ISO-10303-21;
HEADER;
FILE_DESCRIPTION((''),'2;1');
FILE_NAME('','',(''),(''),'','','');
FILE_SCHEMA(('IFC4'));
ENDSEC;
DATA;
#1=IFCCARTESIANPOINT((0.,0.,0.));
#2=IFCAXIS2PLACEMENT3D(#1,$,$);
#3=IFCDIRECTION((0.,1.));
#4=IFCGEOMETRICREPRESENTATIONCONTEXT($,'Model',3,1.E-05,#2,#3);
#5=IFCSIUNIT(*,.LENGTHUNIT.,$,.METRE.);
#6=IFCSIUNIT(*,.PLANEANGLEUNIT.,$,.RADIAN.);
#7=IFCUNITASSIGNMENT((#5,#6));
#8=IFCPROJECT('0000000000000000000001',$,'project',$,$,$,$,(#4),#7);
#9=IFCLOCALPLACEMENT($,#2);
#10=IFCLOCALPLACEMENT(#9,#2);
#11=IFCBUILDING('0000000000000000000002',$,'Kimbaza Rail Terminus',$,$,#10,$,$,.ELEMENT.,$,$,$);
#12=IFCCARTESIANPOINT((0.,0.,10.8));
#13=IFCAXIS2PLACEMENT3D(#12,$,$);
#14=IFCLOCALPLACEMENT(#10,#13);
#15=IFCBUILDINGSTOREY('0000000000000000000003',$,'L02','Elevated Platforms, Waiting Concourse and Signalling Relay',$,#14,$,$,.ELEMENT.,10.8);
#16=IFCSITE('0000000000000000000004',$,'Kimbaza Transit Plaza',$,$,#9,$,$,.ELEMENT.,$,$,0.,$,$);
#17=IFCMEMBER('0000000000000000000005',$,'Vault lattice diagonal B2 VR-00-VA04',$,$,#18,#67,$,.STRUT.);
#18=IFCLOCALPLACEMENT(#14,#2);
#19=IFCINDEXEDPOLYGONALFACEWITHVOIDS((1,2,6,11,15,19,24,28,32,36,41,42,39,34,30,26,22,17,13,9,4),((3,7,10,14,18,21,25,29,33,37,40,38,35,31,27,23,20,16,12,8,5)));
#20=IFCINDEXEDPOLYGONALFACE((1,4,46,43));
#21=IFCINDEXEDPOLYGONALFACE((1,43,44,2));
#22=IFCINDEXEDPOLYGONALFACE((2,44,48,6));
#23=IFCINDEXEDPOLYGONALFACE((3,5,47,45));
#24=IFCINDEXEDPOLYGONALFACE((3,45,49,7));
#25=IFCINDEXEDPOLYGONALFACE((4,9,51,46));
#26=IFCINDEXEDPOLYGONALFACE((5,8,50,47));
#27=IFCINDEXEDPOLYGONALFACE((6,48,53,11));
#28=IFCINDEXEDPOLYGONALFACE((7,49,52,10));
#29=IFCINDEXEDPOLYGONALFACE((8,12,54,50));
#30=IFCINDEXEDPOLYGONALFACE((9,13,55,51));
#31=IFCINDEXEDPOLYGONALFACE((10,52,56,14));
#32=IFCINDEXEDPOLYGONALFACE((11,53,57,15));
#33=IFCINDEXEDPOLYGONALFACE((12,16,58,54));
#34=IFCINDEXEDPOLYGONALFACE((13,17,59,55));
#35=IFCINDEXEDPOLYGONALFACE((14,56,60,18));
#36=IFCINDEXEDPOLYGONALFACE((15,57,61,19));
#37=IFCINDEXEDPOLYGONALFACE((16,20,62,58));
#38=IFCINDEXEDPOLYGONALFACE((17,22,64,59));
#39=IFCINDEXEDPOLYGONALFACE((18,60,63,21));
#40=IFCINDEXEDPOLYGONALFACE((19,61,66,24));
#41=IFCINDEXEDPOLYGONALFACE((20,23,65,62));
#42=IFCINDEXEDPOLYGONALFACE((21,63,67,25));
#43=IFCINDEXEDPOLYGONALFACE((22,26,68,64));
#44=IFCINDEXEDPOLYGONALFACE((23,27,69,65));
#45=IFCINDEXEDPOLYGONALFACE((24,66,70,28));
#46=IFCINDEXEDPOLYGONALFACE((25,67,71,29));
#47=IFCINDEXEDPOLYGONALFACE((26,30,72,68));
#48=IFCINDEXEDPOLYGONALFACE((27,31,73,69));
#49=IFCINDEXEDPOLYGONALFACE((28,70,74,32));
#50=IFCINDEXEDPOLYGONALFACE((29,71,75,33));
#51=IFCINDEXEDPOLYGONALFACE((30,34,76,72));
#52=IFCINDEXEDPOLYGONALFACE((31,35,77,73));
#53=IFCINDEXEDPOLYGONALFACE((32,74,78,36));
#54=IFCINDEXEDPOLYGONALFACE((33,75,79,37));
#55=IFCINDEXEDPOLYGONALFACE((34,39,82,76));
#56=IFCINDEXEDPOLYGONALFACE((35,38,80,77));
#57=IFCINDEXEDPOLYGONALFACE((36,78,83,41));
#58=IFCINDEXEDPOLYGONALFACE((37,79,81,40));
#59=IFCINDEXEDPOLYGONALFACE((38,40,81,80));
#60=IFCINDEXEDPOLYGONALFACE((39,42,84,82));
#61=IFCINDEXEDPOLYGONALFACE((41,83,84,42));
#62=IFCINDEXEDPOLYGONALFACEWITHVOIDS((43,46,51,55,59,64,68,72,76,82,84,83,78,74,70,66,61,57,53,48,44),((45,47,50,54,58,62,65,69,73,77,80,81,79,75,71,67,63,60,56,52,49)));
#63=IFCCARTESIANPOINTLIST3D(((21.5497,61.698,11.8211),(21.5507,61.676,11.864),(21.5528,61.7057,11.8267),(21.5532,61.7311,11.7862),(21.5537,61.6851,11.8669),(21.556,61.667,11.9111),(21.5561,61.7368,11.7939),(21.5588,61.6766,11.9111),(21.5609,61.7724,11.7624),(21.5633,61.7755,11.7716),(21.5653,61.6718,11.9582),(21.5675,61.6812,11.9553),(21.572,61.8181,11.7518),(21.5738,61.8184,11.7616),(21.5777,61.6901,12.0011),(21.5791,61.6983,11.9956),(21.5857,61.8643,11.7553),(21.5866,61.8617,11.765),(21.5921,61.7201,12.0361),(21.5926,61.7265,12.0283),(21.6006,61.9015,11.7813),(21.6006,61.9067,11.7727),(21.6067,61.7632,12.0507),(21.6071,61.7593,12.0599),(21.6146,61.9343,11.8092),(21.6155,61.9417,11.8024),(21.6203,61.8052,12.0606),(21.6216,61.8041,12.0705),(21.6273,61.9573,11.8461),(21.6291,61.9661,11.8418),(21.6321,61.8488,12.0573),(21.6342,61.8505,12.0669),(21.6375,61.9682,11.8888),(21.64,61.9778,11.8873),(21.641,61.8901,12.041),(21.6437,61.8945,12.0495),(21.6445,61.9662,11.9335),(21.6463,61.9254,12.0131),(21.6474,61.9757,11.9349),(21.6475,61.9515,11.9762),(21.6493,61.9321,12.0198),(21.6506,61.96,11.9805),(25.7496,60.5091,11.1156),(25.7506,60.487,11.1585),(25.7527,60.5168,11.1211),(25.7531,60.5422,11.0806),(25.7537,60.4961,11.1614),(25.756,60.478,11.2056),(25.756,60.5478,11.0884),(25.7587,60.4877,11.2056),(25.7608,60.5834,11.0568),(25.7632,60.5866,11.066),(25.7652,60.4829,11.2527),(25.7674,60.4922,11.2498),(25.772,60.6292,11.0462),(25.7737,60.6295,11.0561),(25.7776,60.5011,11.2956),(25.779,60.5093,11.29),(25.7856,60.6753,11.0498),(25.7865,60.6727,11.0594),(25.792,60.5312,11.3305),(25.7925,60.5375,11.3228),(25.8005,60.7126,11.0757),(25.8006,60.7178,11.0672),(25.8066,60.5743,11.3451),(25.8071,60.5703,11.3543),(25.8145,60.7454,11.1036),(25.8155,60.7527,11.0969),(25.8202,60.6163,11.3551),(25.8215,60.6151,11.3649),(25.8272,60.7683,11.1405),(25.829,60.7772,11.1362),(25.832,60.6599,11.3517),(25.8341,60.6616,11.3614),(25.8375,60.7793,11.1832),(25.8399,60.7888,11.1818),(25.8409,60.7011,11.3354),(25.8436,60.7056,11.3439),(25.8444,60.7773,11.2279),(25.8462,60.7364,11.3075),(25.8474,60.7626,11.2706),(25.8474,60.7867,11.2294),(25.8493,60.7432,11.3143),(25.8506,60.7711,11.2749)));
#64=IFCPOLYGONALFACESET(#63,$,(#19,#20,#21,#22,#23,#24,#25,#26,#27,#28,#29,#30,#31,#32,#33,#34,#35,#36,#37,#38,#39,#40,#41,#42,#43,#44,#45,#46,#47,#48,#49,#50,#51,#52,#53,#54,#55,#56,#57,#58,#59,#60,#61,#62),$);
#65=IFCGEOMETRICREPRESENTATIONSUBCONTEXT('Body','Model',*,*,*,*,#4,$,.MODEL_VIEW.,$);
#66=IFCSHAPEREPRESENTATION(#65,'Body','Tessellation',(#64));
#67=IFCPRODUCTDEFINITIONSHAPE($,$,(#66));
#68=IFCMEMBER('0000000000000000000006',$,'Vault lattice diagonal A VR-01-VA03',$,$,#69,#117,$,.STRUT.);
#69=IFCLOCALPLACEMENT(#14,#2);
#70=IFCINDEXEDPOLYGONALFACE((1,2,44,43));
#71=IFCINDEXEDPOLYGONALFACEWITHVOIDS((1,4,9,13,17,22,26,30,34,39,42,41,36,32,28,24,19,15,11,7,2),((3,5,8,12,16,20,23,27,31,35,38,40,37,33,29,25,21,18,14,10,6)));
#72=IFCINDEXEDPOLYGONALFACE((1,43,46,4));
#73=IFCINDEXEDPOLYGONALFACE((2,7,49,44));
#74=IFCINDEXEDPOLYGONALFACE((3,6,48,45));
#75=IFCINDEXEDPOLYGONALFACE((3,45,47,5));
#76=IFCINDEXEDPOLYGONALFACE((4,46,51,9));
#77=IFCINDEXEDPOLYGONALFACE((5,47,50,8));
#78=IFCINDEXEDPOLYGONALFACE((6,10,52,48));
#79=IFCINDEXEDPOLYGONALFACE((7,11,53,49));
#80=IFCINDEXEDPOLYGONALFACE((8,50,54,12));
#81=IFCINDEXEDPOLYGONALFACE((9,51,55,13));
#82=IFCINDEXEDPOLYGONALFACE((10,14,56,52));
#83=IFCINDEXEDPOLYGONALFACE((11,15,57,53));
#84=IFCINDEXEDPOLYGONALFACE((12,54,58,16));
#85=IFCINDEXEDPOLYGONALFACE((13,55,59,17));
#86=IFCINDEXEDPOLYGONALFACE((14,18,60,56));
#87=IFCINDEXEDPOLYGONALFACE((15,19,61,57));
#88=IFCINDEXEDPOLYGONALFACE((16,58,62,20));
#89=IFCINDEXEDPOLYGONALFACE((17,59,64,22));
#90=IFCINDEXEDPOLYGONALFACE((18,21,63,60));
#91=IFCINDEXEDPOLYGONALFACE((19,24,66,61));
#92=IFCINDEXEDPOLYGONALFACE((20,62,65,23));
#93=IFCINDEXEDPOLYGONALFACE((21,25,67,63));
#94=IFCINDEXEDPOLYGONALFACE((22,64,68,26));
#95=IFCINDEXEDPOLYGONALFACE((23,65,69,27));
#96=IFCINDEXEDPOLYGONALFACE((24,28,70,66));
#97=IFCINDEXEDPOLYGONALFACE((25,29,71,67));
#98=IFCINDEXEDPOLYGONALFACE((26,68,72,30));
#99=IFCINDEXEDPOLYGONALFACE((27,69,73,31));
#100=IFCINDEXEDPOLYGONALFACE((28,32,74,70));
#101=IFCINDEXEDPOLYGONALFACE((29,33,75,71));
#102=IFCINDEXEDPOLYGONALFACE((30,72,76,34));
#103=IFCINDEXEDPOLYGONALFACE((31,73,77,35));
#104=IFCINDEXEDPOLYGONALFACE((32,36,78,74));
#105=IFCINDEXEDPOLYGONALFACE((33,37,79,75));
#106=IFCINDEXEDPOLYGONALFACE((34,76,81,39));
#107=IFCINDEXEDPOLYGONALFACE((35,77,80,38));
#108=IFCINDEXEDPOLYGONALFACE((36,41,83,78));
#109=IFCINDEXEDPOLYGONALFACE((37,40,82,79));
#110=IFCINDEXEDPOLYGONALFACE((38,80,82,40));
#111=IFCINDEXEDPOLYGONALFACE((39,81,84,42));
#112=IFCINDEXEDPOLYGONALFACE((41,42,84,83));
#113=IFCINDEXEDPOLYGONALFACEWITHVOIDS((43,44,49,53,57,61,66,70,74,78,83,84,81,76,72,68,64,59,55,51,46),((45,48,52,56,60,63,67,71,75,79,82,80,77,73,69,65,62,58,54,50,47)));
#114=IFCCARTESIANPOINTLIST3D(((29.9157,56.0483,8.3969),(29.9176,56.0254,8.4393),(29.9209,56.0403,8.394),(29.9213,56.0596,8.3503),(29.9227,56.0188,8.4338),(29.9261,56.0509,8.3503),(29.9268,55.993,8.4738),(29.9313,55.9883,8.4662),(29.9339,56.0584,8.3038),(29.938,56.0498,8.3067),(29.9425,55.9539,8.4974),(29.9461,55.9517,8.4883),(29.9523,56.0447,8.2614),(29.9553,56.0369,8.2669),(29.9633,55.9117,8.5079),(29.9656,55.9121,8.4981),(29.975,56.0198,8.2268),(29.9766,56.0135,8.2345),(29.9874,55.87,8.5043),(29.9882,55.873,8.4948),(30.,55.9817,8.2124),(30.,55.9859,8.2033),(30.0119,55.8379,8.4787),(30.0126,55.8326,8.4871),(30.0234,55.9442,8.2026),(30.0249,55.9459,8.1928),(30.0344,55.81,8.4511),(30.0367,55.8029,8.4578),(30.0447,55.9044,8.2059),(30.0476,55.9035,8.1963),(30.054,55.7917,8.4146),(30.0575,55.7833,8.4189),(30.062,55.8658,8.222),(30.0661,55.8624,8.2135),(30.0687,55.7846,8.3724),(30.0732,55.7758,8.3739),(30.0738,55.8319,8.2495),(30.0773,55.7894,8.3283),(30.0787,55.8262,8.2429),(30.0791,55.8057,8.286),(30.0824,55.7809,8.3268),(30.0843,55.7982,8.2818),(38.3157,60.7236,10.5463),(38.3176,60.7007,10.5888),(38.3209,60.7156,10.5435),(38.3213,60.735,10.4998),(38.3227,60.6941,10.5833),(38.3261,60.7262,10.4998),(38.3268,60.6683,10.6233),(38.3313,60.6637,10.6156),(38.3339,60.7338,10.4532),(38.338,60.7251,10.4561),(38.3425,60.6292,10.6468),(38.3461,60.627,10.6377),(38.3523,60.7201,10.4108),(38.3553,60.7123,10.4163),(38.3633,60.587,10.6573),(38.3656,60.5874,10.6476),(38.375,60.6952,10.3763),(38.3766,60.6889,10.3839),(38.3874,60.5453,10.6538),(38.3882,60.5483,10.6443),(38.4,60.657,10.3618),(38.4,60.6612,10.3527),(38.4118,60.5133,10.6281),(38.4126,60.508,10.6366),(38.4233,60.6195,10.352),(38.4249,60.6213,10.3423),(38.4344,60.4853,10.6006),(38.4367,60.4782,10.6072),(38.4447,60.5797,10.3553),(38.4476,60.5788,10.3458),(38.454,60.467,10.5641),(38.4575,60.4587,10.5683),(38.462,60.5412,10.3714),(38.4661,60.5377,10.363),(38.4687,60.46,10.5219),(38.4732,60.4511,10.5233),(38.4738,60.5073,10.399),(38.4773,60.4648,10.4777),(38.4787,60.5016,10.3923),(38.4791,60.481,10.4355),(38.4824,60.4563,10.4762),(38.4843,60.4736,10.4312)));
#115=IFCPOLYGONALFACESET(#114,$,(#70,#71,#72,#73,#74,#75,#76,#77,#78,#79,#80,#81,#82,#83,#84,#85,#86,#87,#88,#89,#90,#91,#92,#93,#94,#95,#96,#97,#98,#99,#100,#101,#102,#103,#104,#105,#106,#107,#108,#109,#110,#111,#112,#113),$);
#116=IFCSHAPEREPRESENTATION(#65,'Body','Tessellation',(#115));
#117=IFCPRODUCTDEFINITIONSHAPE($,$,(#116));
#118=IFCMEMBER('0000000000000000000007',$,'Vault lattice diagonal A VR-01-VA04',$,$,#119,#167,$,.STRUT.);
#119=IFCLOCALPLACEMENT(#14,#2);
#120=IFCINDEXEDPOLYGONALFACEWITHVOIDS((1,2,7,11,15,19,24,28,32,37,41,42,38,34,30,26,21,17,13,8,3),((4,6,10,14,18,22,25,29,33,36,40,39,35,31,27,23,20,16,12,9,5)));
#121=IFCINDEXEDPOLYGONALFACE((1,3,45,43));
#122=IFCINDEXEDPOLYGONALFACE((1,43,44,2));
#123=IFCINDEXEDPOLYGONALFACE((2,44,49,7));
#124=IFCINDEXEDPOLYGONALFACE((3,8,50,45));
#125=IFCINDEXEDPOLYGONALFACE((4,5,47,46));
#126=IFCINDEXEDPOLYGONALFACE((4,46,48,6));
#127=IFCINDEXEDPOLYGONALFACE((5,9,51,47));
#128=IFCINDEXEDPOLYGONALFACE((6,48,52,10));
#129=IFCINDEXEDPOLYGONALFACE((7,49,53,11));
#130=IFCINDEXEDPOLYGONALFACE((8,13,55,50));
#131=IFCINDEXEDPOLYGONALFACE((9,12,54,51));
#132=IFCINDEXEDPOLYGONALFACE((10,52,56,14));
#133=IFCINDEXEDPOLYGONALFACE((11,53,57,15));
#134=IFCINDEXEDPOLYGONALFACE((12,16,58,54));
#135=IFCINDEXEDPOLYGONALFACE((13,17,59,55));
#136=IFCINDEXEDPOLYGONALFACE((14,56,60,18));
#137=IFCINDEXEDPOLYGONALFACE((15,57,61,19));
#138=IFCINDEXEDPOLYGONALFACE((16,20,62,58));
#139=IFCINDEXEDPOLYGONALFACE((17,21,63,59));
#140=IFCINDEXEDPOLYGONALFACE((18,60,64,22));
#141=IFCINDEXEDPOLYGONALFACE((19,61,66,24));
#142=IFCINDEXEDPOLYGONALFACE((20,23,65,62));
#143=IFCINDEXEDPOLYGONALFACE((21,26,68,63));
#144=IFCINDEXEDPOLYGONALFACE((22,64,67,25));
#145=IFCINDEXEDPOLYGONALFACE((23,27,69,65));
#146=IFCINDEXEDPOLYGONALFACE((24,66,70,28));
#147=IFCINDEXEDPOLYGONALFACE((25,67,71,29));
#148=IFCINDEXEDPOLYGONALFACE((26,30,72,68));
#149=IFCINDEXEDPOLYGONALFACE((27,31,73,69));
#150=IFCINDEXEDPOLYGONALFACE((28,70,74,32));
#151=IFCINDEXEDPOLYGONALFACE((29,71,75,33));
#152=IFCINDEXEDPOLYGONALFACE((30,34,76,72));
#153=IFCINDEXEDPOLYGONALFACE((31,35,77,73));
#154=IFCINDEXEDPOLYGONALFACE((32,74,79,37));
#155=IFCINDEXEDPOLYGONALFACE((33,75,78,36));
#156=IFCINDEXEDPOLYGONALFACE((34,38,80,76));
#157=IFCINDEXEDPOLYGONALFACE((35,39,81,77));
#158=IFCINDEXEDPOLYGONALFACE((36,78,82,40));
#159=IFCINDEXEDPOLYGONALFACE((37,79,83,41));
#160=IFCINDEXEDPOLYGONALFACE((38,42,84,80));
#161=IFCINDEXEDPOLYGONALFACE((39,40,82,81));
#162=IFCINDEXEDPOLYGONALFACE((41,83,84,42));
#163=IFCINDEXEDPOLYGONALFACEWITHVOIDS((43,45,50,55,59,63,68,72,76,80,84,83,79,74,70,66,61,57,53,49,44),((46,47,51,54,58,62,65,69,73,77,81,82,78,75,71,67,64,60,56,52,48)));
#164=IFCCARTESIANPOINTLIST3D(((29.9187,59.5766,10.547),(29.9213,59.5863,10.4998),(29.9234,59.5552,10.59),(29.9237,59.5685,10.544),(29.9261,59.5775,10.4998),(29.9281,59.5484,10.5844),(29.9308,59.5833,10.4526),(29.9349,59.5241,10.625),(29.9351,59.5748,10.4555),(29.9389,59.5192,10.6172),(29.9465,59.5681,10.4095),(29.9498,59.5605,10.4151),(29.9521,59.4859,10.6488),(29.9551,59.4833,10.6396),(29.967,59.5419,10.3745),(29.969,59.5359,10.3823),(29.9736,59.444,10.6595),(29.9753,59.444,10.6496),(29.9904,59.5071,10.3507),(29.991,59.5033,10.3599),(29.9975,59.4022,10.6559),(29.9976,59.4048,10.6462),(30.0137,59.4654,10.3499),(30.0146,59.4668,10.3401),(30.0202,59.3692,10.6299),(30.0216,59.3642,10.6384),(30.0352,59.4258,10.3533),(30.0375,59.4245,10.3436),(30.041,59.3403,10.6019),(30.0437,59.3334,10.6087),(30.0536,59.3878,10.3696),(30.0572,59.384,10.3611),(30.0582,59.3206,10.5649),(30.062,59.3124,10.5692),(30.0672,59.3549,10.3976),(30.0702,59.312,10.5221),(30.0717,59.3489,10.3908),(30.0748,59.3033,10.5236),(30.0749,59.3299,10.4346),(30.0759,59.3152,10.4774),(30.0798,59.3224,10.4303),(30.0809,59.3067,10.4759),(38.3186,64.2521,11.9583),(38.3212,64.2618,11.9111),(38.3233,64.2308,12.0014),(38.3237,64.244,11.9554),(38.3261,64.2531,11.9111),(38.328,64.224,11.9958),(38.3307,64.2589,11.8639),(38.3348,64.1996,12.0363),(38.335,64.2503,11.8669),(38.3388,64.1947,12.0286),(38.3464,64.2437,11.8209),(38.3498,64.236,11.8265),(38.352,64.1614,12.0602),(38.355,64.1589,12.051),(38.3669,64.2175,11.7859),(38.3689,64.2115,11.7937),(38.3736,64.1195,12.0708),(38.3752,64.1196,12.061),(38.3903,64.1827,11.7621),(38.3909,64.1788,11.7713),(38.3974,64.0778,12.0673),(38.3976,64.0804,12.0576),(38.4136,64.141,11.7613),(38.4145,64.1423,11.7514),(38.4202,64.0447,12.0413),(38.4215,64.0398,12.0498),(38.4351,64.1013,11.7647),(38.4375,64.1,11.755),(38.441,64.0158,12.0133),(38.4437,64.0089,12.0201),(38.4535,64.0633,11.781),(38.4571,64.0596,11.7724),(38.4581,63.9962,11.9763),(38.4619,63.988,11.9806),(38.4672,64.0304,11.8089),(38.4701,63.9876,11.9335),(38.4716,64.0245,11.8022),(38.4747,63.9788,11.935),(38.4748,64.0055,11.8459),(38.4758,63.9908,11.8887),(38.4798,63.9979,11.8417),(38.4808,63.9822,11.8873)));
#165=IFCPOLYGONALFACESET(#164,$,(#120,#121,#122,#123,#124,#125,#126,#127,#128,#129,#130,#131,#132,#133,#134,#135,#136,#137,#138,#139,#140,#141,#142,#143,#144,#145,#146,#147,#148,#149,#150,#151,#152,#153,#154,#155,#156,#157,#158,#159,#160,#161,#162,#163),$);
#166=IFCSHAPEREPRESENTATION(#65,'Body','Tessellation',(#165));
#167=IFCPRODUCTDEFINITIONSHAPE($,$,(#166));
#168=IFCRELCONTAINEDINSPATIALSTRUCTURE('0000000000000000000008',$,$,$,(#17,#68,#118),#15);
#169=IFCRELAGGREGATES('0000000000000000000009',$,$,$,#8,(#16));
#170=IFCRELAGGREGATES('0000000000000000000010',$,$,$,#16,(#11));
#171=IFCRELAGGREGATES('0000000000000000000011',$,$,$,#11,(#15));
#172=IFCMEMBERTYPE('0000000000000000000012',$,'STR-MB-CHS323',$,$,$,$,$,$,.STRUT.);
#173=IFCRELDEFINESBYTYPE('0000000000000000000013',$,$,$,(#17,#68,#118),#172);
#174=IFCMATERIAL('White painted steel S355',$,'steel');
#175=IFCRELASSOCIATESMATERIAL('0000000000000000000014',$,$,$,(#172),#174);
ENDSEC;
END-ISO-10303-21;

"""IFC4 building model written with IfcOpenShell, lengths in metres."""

from ifc_helpers import new_model, si_unit, direction, frame, origin, origin_2d, place, context, subcontext, project, spatial, hollow_circle, extrude, material, material_profile, profile_set, type_object, element, save


model = new_model("IFC4")

# Units and contexts
model_context = context("Model", 3, precision=1e-05, world=origin(), true_north=direction((0.0, 1.0)))
body_context = subcontext(model_context, "Body", "Model", "MODEL_VIEW")
ifc_project = project(units=[si_unit("LENGTHUNIT", "METRE"), si_unit("PLANEANGLEUNIT", "RADIAN")], contexts=[model_context])

# Site, building, storey
site_placement = place(None, origin())
site = spatial("IfcSite", under=ifc_project, at=site_placement, Name="Kimbaza Transit Plaza", CompositionType="ELEMENT", RefElevation=0.0)
building_placement = place(site_placement, origin())
building = spatial("IfcBuilding", under=site, at=building_placement, Name="Kimbaza Rail Terminus", CompositionType="ELEMENT")
storey_placement = place(building_placement, frame((0.0, 0.0, 10.8)))
storey = spatial("IfcBuildingStorey", under=building, at=storey_placement, Name="L02", Description="Elevated Platforms, Waiting Concourse and Signalling Relay", CompositionType="ELEMENT", Elevation=10.8)

# Members
ifc_material_1 = material(Name="White painted steel S355", Category="steel")
ifc_material_profile_1 = material_profile(ifc_material_1, hollow_circle(Radius=0.1619, WallThickness=0.01, at=origin_2d()), Name="CHS 323.9x10")
ifc_profile_set_1 = profile_set([ifc_material_profile_1], Name="White painted steel S355")
member_type_1 = type_object("IfcMemberType", Name="STR-MB-CHS323", PredefinedType="STRUT", material=ifc_profile_set_1)
for number, where, z_axis, x_axis, name in (
    (1, (25.8, 60.6338, 11.2056), (-0.949859, 0.268896, 0.159571), (-0.272386, -0.962188, 0.0), "Vault lattice diagonal B2 VR-00-VA04"),
):
    element("IfcMember", number, at=place(storey_placement, frame(where, z_axis=z_axis, x_axis=x_axis)), inside=storey, type_object=member_type_1, Name=name, PredefinedType="STRUT", context=body_context, shape_type="SweptSolid", body=[
        extrude(hollow_circle(Radius=0.1619, WallThickness=0.01, at=origin_2d()), origin(), (0.0, 0.0, 1.0), 4.4216),
    ])
member_1_placement = place(storey_placement, frame((30.0, 55.9182, 8.3503), z_axis=(0.85272, 0.474614, 0.218199), x_axis=(-0.486333, 0.873774, 0.0)))
element("IfcMember", 2, at=member_1_placement, inside=storey, type_object=member_type_1, Name="Vault lattice diagonal A VR-01-VA03", PredefinedType="STRUT", context=body_context, shape_type="SweptSolid", body=[
    extrude(hollow_circle(Radius=0.1619, WallThickness=0.01, at=origin_2d()), origin(), (0.0, 0.0, 1.0), 9.8508),
])
member_2_placement = place(storey_placement, frame((30.0, 59.4448, 10.4998), z_axis=(0.864496, 0.481194, 0.145255), x_axis=(-0.486352, 0.873763, 0.0)))
element("IfcMember", 3, at=member_2_placement, inside=storey, type_object=member_type_1, Name="Vault lattice diagonal A VR-01-VA04", PredefinedType="STRUT", context=body_context, shape_type="SweptSolid", body=[
    extrude(hollow_circle(Radius=0.1619, WallThickness=0.01, at=origin_2d()), origin(), (0.0, 0.0, 1.0), 9.7166),
])

save(model, "model.ifc")
